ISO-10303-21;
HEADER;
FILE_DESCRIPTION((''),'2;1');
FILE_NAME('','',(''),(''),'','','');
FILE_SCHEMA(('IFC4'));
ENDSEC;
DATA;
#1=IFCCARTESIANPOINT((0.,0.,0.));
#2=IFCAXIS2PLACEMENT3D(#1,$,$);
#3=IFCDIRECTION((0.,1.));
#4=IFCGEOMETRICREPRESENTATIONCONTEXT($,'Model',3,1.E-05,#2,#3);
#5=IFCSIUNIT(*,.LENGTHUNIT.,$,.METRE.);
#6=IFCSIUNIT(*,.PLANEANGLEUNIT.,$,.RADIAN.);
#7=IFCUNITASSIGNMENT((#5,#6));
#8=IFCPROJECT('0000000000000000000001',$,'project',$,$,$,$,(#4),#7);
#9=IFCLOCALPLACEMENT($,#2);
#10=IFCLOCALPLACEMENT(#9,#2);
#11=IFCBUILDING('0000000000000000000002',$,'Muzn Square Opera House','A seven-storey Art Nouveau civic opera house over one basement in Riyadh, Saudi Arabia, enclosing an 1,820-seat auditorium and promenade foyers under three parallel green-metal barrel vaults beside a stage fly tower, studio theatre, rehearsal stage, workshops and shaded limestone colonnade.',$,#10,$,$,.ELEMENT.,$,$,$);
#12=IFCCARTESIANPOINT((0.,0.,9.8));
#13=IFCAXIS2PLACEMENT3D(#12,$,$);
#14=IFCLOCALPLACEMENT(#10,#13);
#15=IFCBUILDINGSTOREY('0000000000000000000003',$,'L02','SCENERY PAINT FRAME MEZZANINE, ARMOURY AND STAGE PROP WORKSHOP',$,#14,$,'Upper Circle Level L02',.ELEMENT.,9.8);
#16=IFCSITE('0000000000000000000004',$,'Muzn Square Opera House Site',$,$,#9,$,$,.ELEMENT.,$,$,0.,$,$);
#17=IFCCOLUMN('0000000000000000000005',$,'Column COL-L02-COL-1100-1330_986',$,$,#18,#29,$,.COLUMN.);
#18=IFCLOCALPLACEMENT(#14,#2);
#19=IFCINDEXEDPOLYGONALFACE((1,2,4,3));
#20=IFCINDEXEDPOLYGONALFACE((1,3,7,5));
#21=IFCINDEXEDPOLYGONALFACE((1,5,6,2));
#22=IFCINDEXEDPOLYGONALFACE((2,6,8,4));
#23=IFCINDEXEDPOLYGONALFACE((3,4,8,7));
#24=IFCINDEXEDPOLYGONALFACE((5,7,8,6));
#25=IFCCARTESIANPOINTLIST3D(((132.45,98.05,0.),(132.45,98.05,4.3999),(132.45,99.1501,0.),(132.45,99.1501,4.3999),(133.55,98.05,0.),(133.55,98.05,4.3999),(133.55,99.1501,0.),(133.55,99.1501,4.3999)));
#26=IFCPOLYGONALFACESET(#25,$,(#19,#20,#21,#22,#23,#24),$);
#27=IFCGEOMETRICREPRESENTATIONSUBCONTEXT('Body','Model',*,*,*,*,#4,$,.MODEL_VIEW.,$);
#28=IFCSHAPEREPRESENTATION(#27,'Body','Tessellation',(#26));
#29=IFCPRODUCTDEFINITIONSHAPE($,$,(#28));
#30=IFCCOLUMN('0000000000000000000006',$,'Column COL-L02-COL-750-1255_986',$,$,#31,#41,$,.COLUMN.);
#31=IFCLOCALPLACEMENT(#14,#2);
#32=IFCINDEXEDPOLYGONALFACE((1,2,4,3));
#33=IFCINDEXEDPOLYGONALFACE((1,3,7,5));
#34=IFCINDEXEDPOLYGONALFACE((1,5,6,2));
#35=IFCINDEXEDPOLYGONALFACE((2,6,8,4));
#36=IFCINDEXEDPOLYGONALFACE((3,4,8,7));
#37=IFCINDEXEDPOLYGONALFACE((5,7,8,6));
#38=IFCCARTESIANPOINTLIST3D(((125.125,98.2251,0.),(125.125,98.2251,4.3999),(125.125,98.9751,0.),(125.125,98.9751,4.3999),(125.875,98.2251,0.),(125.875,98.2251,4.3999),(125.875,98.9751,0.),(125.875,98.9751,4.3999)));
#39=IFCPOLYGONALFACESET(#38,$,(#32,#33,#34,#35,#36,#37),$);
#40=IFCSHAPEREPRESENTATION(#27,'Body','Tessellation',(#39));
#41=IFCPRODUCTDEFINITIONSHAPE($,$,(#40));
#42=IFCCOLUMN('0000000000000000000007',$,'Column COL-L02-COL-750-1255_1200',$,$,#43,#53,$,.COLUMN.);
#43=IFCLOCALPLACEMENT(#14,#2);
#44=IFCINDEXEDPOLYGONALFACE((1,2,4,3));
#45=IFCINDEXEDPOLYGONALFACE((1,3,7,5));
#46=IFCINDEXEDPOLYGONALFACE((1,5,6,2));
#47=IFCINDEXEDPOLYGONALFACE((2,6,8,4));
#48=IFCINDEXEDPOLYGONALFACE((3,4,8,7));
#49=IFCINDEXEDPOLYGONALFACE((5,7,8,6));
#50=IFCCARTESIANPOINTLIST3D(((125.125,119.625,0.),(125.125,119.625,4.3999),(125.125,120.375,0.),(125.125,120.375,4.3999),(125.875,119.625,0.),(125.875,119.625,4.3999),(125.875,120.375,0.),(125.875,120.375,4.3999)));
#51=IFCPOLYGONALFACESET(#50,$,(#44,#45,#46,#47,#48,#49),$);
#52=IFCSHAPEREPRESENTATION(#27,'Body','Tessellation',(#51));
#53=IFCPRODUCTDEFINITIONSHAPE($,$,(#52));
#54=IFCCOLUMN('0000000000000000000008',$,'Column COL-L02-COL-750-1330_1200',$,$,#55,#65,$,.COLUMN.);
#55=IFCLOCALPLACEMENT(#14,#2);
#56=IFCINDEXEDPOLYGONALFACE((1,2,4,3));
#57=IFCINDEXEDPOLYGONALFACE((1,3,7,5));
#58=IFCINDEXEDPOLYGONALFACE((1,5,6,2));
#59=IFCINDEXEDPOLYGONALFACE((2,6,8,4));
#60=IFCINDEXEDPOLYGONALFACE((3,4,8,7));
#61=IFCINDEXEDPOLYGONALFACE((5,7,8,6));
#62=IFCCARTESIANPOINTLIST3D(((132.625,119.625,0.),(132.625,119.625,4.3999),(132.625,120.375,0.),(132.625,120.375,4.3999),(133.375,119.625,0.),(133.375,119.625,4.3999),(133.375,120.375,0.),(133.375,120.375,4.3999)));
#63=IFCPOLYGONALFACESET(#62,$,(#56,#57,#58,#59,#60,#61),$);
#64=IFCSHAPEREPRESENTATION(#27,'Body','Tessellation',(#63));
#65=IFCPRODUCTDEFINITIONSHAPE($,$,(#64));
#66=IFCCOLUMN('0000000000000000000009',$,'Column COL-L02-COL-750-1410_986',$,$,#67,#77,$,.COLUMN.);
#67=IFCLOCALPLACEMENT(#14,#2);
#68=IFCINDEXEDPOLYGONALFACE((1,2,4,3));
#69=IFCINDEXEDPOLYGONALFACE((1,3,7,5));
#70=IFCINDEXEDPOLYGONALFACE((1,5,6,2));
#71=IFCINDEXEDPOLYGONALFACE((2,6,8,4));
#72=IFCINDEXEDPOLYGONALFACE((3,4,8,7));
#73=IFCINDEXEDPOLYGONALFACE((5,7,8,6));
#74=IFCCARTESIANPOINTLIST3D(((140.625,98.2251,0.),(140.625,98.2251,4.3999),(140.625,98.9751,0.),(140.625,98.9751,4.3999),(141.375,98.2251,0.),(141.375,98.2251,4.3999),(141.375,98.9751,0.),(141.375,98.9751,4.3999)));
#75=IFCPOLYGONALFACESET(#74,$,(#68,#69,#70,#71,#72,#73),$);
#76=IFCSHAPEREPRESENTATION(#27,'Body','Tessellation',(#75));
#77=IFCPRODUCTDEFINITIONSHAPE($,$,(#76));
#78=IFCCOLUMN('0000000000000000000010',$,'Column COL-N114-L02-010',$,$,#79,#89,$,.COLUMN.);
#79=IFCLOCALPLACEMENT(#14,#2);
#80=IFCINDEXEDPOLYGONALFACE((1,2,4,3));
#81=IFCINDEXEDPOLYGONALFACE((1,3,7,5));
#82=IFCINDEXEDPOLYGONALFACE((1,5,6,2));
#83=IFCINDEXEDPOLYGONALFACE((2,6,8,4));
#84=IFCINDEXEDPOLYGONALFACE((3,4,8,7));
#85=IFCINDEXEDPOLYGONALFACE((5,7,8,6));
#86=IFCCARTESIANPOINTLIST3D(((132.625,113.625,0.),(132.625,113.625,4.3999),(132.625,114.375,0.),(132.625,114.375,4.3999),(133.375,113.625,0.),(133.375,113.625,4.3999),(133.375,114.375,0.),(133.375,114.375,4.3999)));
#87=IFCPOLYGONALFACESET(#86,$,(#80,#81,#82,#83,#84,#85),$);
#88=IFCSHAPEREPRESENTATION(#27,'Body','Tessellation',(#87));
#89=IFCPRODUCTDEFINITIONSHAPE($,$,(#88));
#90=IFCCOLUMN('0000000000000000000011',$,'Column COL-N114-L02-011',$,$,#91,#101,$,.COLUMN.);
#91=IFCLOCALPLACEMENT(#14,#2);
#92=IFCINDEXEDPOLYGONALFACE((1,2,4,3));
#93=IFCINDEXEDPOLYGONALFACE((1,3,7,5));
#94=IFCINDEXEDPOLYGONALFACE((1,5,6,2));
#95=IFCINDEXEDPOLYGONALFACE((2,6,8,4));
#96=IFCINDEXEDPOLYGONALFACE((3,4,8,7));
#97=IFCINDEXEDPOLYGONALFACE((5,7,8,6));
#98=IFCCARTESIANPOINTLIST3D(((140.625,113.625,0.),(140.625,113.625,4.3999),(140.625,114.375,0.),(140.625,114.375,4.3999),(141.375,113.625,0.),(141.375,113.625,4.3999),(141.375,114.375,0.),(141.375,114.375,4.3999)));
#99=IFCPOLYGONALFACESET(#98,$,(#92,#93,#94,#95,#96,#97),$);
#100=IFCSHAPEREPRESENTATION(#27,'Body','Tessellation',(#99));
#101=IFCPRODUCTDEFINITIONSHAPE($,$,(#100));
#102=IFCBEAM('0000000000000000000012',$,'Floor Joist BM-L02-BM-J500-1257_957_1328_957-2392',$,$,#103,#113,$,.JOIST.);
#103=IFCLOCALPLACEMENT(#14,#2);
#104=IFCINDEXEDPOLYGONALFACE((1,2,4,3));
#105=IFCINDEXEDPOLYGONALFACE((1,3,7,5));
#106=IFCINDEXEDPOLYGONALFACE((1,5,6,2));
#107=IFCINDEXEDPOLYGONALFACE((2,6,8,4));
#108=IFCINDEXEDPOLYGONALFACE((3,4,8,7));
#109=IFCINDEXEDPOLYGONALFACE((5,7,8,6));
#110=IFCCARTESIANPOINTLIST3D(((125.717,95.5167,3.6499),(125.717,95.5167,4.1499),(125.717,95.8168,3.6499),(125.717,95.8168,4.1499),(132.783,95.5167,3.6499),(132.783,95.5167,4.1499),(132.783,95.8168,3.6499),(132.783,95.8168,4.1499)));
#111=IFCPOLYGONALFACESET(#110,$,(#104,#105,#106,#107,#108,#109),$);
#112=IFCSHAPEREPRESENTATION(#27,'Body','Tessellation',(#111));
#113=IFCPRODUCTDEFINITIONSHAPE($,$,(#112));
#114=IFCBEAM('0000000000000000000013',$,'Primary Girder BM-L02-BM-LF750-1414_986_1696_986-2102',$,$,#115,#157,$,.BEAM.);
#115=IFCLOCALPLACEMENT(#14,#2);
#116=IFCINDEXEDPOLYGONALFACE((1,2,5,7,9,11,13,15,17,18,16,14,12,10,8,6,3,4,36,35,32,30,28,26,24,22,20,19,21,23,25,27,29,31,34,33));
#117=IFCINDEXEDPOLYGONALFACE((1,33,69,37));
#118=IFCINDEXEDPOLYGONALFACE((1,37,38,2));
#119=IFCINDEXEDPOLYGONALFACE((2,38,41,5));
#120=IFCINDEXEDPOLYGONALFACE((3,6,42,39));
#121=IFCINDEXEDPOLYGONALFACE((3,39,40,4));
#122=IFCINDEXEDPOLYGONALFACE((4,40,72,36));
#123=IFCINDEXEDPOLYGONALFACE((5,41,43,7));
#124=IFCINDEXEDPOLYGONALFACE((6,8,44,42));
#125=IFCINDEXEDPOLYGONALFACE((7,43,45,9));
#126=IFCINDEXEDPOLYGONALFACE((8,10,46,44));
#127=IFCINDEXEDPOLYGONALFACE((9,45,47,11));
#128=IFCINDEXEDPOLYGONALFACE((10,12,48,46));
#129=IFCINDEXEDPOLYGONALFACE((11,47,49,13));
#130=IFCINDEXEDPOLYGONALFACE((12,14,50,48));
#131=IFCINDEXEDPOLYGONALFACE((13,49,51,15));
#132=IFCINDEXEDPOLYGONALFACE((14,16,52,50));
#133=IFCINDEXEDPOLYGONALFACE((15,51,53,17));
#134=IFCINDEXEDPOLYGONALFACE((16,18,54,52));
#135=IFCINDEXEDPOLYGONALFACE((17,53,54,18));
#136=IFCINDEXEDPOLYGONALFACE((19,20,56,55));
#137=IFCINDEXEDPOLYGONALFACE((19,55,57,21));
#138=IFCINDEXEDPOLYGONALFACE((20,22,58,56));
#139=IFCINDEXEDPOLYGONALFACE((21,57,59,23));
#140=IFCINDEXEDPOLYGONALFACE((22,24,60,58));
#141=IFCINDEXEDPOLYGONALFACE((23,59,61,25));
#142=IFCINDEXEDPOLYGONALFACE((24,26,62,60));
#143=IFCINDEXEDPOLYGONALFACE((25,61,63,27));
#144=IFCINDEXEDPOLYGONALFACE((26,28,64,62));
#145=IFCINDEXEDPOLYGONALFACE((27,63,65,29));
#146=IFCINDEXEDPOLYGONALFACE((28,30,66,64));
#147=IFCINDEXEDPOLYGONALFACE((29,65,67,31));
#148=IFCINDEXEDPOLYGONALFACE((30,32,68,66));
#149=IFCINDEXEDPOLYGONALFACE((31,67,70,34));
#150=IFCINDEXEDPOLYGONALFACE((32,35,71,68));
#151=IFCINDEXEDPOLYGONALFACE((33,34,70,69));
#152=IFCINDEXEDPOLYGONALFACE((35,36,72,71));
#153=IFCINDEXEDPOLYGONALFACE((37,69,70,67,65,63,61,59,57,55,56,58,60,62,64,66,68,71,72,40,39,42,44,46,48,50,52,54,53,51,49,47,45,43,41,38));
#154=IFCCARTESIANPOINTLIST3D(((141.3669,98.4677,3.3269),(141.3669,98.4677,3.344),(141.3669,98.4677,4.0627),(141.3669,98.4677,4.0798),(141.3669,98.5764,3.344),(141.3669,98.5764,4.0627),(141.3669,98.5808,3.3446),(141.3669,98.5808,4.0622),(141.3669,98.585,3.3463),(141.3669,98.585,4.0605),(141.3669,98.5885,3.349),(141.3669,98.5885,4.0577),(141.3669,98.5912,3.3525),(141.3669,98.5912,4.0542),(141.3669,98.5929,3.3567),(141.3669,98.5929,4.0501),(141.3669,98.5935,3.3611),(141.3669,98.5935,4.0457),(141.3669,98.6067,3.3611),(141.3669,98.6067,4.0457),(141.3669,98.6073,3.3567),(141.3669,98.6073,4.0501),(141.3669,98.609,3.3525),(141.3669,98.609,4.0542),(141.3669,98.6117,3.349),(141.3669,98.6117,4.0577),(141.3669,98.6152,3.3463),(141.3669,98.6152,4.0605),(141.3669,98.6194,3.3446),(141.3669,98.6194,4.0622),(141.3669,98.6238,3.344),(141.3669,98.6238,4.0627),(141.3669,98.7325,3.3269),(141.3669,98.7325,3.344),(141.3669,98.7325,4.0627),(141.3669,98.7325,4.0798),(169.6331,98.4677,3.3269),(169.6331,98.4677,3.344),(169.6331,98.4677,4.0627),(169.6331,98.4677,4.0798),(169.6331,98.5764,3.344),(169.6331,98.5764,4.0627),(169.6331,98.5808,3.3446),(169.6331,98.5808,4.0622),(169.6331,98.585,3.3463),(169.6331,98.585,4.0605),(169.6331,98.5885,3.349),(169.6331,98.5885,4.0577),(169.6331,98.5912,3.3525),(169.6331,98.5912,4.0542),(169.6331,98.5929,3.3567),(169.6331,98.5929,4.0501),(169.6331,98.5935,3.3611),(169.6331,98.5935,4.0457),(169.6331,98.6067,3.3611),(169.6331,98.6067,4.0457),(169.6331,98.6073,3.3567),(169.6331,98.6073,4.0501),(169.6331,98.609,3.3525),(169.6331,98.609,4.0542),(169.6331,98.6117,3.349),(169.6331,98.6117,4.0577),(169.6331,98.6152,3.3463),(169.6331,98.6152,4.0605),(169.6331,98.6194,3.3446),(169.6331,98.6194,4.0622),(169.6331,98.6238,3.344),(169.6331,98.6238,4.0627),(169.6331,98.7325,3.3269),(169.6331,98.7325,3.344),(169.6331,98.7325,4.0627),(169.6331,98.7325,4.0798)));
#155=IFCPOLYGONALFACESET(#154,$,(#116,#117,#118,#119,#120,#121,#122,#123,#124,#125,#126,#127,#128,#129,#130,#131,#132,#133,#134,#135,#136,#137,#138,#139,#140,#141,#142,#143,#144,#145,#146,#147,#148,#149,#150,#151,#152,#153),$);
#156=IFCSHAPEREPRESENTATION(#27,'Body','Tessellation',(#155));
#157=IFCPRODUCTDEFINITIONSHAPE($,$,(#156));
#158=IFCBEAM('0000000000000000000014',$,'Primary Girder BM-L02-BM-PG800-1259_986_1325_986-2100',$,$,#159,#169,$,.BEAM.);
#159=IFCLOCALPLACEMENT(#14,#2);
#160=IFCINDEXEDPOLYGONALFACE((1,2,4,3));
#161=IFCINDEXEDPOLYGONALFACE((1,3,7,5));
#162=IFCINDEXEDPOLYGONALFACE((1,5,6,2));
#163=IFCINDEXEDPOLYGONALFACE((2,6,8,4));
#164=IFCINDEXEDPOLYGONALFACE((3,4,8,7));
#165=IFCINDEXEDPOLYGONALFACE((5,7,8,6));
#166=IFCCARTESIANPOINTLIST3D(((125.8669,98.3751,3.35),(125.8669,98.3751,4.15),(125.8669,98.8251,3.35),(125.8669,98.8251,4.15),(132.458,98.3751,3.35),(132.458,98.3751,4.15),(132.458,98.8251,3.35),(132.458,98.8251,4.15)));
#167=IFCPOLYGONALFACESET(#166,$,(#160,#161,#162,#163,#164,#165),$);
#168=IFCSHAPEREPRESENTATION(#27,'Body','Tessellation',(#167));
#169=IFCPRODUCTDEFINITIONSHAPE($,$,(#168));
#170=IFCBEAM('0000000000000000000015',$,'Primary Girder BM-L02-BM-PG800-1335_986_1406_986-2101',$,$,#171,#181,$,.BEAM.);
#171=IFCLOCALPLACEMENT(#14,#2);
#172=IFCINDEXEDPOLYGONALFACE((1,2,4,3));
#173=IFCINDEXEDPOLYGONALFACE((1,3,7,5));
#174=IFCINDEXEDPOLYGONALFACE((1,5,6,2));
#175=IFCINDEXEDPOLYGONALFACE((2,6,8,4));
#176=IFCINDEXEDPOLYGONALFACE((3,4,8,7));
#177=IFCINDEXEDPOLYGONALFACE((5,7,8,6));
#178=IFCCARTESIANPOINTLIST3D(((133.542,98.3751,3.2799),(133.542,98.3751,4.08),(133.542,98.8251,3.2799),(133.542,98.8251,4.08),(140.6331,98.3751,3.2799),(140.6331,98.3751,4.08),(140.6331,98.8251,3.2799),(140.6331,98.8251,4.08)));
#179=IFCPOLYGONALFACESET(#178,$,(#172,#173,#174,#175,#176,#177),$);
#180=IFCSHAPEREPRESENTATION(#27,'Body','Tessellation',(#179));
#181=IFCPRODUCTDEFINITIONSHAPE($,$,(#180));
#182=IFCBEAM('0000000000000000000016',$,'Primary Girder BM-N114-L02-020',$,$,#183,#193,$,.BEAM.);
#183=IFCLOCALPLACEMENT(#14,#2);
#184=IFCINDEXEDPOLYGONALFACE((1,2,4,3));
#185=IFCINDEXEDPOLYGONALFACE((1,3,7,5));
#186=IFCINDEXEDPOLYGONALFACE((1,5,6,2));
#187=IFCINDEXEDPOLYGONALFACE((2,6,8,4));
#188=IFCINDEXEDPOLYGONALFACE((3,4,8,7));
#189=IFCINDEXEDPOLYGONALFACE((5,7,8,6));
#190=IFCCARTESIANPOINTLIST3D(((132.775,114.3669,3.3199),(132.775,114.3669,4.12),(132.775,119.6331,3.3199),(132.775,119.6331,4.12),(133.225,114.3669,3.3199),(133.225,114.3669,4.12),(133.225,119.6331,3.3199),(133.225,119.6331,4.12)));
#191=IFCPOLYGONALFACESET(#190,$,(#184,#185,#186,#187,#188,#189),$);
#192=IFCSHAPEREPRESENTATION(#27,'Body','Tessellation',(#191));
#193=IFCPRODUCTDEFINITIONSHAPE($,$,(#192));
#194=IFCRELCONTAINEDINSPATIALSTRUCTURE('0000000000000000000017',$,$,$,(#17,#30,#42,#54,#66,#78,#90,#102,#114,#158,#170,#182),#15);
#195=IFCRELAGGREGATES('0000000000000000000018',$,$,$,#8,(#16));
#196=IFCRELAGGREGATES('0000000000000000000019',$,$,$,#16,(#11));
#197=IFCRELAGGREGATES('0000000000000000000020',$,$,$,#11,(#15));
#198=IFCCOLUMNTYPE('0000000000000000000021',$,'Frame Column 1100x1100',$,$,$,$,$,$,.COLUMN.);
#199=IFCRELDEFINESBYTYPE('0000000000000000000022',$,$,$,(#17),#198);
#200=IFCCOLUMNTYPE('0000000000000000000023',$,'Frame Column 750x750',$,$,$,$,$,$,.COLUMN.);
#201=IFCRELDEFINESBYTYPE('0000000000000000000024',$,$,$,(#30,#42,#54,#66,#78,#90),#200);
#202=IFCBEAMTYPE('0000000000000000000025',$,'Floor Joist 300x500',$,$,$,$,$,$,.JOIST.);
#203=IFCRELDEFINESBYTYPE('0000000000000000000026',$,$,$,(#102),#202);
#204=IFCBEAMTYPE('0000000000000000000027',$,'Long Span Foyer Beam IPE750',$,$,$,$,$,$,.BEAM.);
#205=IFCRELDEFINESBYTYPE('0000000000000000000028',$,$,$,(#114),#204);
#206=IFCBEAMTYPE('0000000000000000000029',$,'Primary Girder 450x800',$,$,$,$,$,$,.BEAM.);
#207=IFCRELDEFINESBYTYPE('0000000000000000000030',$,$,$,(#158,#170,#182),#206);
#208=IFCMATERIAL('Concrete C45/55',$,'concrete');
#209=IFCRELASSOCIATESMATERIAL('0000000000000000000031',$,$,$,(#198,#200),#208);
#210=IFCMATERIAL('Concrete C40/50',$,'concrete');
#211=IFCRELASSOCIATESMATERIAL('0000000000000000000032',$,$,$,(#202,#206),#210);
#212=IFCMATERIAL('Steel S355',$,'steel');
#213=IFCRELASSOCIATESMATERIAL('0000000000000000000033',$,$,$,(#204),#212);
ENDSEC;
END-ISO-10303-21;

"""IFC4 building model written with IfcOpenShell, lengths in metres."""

from ifc_helpers import new_model, si_unit, direction, frame, origin, origin_2d, place, context, subcontext, project, spatial, rectangle, i_section, extrude, material, material_profile, profile_set, type_object, element, save


model = new_model("IFC4")

# Units and contexts
model_context = context("Model", 3, precision=1e-05, world=origin(), true_north=direction((0.0, 1.0)))
body_context = subcontext(model_context, "Body", "Model", "MODEL_VIEW")
ifc_project = project(units=[si_unit("LENGTHUNIT", "METRE"), si_unit("PLANEANGLEUNIT", "RADIAN")], contexts=[model_context])

# Site, building, storey
site_placement = place(None, origin())
site = spatial("IfcSite", under=ifc_project, at=site_placement, Name="Muzn Square Opera House Site", CompositionType="ELEMENT", RefElevation=0.0)
building_placement = place(site_placement, origin())
building = spatial("IfcBuilding", under=site, at=building_placement, Name="Muzn Square Opera House", Description="A seven-storey Art Nouveau civic opera house over one basement in Riyadh, Saudi Arabia, enclosing an 1,820-seat auditorium and promenade foyers under three parallel green-metal barrel vaults beside a stage fly tower, studio theatre, rehearsal stage, workshops and shaded limestone colonnade.", CompositionType="ELEMENT")
storey_placement = place(building_placement, frame((0.0, 0.0, 9.8)))
storey = spatial("IfcBuildingStorey", under=building, at=storey_placement, Name="L02", Description="SCENERY PAINT FRAME MEZZANINE, ARMOURY AND STAGE PROP WORKSHOP", LongName="Upper Circle Level L02", CompositionType="ELEMENT", Elevation=9.8)

# Columns
ifc_material_1 = material(Name="Concrete C45/55", Category="concrete")
ifc_material_profile_1 = material_profile(ifc_material_1, rectangle(XDim=1.1001, YDim=1.1001, at=origin_2d()), Name="RC 1100x1100", Category="concrete")
ifc_profile_set_1 = profile_set([ifc_material_profile_1], Name="Concrete C45/55")
column_type_1 = type_object("IfcColumnType", Name="Frame Column 1100x1100", PredefinedType="COLUMN", material=ifc_profile_set_1)
column_placement = place(storey_placement, frame((133.0, 98.6001, 0.0), z_axis=(0.0, 0.0, 1.0), x_axis=(1.0, 0.0, 0.0)))
element("IfcColumn", 1, at=column_placement, inside=storey, type_object=column_type_1, Name="Column COL-L02-COL-1100-1330_986", PredefinedType="COLUMN", context=body_context, shape_type="SweptSolid", body=[
    extrude(rectangle(XDim=1.1001, YDim=1.1001, at=origin_2d()), origin(), (0.0, 0.0, 1.0), 4.3999),
])
ifc_material_profile_2 = material_profile(ifc_material_1, rectangle(XDim=0.75, YDim=0.75, at=origin_2d()), Name="RC 750x750", Category="concrete")
ifc_profile_set_2 = profile_set([ifc_material_profile_2], Name="Concrete C45/55")
column_type_2 = type_object("IfcColumnType", Name="Frame Column 750x750", PredefinedType="COLUMN", material=ifc_profile_set_2)
for number, where, z_axis, x_axis, name in (
    (2, (125.5, 98.6001, 0.0), (0.0, 0.0, 1.0), (1.0, 0.0, 0.0), "Column COL-L02-COL-750-1255_986"),
    (3, (125.5, 120.0, 0.0), (0.0, 0.0, 1.0), (1.0, 0.0, 0.0), "Column COL-L02-COL-750-1255_1200"),
    (4, (133.0, 120.0, 0.0), (0.0, 0.0, 1.0), (1.0, 0.0, 0.0), "Column COL-L02-COL-750-1330_1200"),
    (5, (141.0, 98.6001, 0.0), (0.0, 0.0, 1.0), (1.0, 0.0, 0.0), "Column COL-L02-COL-750-1410_986"),
    (6, (133.0, 114.0, 0.0), (0.0, 0.0, 1.0), (1.0, 0.0, 0.0), "Column COL-N114-L02-010"),
    (7, (141.0, 114.0, 0.0), (0.0, 0.0, 1.0), (1.0, 0.0, 0.0), "Column COL-N114-L02-011"),
):
    element("IfcColumn", number, at=place(storey_placement, frame(where, z_axis=z_axis, x_axis=x_axis)), inside=storey, type_object=column_type_2, Name=name, PredefinedType="COLUMN", context=body_context, shape_type="SweptSolid", body=[
        extrude(rectangle(XDim=0.75, YDim=0.75, at=origin_2d()), origin(), (0.0, 0.0, 1.0), 4.3999),
    ])

# Beams
ifc_material_2 = material(Name="Concrete C40/50", Category="concrete")
ifc_material_profile_3 = material_profile(ifc_material_2, rectangle(XDim=0.3, YDim=0.5, at=origin_2d()), Name="RCJ 300x500", Category="concrete")
ifc_profile_set_3 = profile_set([ifc_material_profile_3], Name="Concrete C40/50")
beam_type_1 = type_object("IfcBeamType", Name="Floor Joist 300x500", PredefinedType="JOIST", material=ifc_profile_set_3)
beam_1_placement = place(storey_placement, frame((125.717, 95.6667, 3.8999), z_axis=(1.0, 0.0, 0.0), x_axis=(0.0, 1.0, 0.0)))
element("IfcBeam", 8, at=beam_1_placement, inside=storey, type_object=beam_type_1, Name="Floor Joist BM-L02-BM-J500-1257_957_1328_957-2392", PredefinedType="JOIST", context=body_context, shape_type="SweptSolid", body=[
    extrude(rectangle(XDim=0.3, YDim=0.5, at=origin_2d()), origin(), (0.0, 0.0, 1.0), 7.0659),
])
ifc_material_3 = material(Name="Steel S355", Category="steel")
ifc_material_profile_4 = material_profile(ifc_material_3, i_section(OverallWidth=0.2649, OverallDepth=0.7529, WebThickness=0.0132, FlangeThickness=0.0171, FilletRadius=0.0171, at=origin_2d()), Name="IPE 750x147", Category="steel")
ifc_profile_set_4 = profile_set([ifc_material_profile_4], Name="Steel S355")
beam_type_2 = type_object("IfcBeamType", Name="Long Span Foyer Beam IPE750", PredefinedType="BEAM", material=ifc_profile_set_4)
beam_2_placement = place(storey_placement, frame((141.3669, 98.6001, 3.7034), z_axis=(1.0, 0.0, 0.0), x_axis=(0.0, 1.0, 0.0)))
element("IfcBeam", 9, at=beam_2_placement, inside=storey, type_object=beam_type_2, Name="Primary Girder BM-L02-BM-LF750-1414_986_1696_986-2102", PredefinedType="BEAM", context=body_context, shape_type="SweptSolid", body=[
    extrude(i_section(OverallWidth=0.2649, OverallDepth=0.7529, WebThickness=0.0132, FlangeThickness=0.0171, FilletRadius=0.0171, at=origin_2d()), origin(), (0.0, 0.0, 1.0), 28.2661),
])
ifc_material_profile_5 = material_profile(ifc_material_2, rectangle(XDim=0.45, YDim=0.8, at=origin_2d()), Name="RCB 450x800", Category="concrete")
ifc_profile_set_5 = profile_set([ifc_material_profile_5], Name="Concrete C40/50")
beam_type_3 = type_object("IfcBeamType", Name="Primary Girder 450x800", PredefinedType="BEAM", material=ifc_profile_set_5)
beam_3_placement = place(storey_placement, frame((125.8669, 98.6001, 3.75), z_axis=(1.0, 0.0, 0.0), x_axis=(0.0, 1.0, 0.0)))
element("IfcBeam", 10, at=beam_3_placement, inside=storey, type_object=beam_type_3, Name="Primary Girder BM-L02-BM-PG800-1259_986_1325_986-2100", PredefinedType="BEAM", context=body_context, shape_type="SweptSolid", body=[
    extrude(rectangle(XDim=0.45, YDim=0.8, at=origin_2d()), origin(), (0.0, 0.0, 1.0), 6.5911),
])
beam_4_placement = place(storey_placement, frame((133.542, 98.6001, 3.6799), z_axis=(1.0, 0.0, 0.0), x_axis=(0.0, 1.0, 0.0)))
element("IfcBeam", 11, at=beam_4_placement, inside=storey, type_object=beam_type_3, Name="Primary Girder BM-L02-BM-PG800-1335_986_1406_986-2101", PredefinedType="BEAM", context=body_context, shape_type="SweptSolid", body=[
    extrude(rectangle(XDim=0.45, YDim=0.8, at=origin_2d()), origin(), (0.0, 0.0, 1.0), 7.0911),
])
beam_5_placement = place(storey_placement, frame((133.0, 114.3669, 3.72), z_axis=(0.0, 1.0, 0.0), x_axis=(-1.0, 0.0, 0.0)))
element("IfcBeam", 12, at=beam_5_placement, inside=storey, type_object=beam_type_3, Name="Primary Girder BM-N114-L02-020", PredefinedType="BEAM", context=body_context, shape_type="SweptSolid", body=[
    extrude(rectangle(XDim=0.45, YDim=0.8, at=origin_2d()), origin(), (0.0, 0.0, 1.0), 5.2661),
])

save(model, "model.ifc")
